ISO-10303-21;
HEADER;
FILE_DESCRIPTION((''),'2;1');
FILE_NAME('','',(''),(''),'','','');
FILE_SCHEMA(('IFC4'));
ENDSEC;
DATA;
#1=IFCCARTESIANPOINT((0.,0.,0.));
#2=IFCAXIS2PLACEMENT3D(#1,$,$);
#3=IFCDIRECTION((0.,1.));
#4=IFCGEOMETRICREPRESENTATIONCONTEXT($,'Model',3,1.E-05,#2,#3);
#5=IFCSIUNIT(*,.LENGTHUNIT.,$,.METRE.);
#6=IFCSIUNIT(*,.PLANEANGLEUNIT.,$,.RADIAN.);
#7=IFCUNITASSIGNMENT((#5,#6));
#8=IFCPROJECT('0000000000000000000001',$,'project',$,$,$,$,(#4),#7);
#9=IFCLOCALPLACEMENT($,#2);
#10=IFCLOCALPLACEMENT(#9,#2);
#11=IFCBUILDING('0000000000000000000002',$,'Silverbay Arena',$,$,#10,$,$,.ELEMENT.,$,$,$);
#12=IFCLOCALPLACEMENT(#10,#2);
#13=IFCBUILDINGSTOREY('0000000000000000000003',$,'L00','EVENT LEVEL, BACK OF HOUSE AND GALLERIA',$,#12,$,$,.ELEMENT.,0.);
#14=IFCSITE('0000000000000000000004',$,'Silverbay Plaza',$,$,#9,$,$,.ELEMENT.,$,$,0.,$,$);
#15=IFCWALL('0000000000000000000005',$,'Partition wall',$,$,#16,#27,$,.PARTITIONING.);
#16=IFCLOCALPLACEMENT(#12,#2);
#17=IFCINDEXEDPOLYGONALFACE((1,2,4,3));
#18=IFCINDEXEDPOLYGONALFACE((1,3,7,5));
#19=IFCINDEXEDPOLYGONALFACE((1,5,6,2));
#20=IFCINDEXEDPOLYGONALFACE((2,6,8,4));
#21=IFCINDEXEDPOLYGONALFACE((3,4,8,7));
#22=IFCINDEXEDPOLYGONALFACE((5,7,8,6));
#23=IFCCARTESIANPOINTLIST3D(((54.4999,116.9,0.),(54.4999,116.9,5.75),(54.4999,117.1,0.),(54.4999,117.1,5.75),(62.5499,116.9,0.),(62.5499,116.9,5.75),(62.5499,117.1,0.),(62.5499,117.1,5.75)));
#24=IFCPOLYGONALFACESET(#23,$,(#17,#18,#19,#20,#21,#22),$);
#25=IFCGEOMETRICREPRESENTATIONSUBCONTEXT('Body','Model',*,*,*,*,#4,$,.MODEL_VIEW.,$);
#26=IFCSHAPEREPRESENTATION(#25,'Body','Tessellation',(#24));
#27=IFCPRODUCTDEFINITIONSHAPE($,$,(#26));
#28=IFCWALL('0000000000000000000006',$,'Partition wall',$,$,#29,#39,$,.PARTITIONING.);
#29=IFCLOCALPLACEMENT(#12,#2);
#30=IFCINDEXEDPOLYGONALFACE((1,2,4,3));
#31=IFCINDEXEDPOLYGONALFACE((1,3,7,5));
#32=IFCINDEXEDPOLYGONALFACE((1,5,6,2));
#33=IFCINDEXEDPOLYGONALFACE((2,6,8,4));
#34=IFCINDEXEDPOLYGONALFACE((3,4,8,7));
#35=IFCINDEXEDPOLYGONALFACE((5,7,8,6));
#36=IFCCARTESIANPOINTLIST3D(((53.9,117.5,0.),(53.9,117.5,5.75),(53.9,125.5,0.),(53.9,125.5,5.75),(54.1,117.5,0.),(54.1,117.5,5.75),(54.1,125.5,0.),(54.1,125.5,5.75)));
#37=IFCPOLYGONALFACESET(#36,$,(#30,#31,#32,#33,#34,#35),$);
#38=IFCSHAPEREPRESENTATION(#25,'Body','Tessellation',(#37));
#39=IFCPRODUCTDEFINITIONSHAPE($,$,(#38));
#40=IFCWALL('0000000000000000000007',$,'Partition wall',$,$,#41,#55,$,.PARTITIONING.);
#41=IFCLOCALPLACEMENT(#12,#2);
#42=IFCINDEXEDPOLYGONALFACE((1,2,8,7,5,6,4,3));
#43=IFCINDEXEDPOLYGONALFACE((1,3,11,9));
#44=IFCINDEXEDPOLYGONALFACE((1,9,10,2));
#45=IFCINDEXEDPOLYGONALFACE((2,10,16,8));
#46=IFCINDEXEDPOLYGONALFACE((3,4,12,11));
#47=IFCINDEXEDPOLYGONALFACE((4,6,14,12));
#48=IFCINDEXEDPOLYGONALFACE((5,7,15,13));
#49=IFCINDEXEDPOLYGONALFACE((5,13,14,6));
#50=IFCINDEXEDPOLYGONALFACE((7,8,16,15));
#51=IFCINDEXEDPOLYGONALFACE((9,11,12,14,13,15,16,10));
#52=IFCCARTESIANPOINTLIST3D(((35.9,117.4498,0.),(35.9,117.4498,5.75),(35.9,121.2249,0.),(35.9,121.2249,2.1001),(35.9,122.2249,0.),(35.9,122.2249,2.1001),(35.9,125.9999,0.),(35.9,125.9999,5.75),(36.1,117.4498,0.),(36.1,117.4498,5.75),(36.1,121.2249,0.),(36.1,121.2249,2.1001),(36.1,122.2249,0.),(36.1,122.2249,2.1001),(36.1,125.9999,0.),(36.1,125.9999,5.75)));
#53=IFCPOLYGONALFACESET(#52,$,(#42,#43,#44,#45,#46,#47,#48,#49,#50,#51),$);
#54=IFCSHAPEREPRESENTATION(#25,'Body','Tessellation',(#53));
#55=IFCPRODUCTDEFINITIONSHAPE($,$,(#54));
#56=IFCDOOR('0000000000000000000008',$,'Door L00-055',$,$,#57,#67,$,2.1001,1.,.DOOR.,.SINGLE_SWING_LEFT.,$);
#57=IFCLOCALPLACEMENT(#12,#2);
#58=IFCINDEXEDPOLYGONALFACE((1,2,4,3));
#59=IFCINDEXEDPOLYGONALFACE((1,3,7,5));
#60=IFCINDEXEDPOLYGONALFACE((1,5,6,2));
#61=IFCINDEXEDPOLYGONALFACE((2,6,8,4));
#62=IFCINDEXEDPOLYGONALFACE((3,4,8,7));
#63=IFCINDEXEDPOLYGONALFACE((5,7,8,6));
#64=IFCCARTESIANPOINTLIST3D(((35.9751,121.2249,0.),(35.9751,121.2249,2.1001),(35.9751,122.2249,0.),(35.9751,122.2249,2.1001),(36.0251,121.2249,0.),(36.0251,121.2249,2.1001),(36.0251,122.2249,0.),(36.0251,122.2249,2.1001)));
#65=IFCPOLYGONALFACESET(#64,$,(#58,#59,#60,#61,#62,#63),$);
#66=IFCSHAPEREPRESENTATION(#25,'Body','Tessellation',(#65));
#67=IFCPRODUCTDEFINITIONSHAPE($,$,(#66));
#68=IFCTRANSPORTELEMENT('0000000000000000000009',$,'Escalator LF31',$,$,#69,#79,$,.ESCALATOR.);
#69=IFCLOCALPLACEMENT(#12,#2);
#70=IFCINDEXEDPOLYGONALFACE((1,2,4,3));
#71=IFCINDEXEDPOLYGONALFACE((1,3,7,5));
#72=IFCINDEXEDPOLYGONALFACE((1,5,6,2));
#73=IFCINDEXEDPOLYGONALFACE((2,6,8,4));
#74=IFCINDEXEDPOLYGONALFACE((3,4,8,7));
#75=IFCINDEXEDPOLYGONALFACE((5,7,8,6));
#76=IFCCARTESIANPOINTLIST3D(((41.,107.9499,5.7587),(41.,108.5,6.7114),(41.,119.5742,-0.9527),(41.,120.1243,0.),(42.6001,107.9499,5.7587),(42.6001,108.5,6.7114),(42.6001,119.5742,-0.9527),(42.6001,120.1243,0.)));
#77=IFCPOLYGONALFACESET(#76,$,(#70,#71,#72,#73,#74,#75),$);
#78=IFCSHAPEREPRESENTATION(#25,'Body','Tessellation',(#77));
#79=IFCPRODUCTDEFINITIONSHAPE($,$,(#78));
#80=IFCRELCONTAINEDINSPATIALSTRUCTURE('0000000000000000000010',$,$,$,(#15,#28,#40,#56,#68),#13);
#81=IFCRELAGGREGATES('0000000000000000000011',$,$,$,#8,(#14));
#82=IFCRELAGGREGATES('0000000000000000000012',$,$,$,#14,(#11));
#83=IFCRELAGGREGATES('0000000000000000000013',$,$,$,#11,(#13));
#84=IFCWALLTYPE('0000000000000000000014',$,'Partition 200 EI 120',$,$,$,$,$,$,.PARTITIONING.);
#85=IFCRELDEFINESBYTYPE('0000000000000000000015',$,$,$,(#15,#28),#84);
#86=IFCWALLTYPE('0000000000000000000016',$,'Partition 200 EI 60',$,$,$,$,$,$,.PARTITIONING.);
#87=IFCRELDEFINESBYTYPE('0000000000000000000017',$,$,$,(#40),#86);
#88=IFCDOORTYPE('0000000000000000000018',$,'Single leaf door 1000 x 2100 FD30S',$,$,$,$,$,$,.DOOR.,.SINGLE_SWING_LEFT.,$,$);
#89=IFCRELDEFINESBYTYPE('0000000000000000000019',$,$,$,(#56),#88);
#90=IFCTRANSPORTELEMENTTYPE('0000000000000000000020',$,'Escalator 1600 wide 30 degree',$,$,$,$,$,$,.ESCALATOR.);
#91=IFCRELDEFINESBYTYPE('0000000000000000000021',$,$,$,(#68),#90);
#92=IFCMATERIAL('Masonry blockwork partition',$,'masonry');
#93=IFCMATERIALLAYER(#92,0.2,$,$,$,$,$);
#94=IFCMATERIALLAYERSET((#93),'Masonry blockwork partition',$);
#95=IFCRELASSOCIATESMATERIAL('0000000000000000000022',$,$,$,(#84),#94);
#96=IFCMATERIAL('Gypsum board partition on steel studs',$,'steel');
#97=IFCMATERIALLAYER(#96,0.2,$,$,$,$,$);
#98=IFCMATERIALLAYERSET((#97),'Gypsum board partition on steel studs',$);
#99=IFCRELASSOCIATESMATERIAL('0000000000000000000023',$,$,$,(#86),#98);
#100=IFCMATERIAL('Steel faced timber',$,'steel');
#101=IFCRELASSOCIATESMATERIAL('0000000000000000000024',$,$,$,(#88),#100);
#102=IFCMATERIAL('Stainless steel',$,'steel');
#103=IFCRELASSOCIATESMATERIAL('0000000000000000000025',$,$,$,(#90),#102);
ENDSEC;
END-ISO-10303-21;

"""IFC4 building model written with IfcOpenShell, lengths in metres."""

from ifc_helpers import new_model, si_unit, direction, frame, frame_2d, origin, place, context, subcontext, project, spatial, polyline, rectangle, outline, extrude, material, layer, layer_set, type_object, element, fill, save


model = new_model("IFC4")

# Units and contexts
model_context = context("Model", 3, precision=1e-05, world=origin(), true_north=direction((0.0, 1.0)))
body_context = subcontext(model_context, "Body", "Model", "MODEL_VIEW")
ifc_project = project(units=[si_unit("LENGTHUNIT", "METRE"), si_unit("PLANEANGLEUNIT", "RADIAN")], contexts=[model_context])

# Site, building, storey
site_placement = place(None, origin())
site = spatial("IfcSite", under=ifc_project, at=site_placement, Name="Silverbay Plaza", CompositionType="ELEMENT", RefElevation=0.0)
building_placement = place(site_placement, origin())
building = spatial("IfcBuilding", under=site, at=building_placement, Name="Silverbay Arena", CompositionType="ELEMENT")
storey_placement = place(building_placement, origin())
storey = spatial("IfcBuildingStorey", under=building, at=storey_placement, Name="L00", Description="EVENT LEVEL, BACK OF HOUSE AND GALLERIA", CompositionType="ELEMENT", Elevation=0.0)

# Walls
ifc_material_1 = material(Name="Masonry blockwork partition", Category="masonry")
ifc_layer_1 = layer(ifc_material_1, 0.2)
ifc_layer_set_1 = layer_set([ifc_layer_1], Name="Masonry blockwork partition")
wall_type_1 = type_object("IfcWallType", Name="Partition 200 EI 120", PredefinedType="PARTITIONING", material=ifc_layer_set_1)
wall_1_placement = place(storey_placement, frame((54.5, 117.0, 0.0), z_axis=(0.0, 0.0, 1.0), x_axis=(1.0, 0.0, 0.0)))
element("IfcWall", 1, at=wall_1_placement, inside=storey, type_object=wall_type_1, Name="Partition wall", PredefinedType="PARTITIONING", context=body_context, shape_type="SweptSolid", body=[
    extrude(rectangle(XDim=8.05, YDim=0.2, at=frame_2d((4.0249, 0.0))), origin(), (0.0, 0.0, 1.0), 5.75),
])
wall_2_placement = place(storey_placement, frame((54.0, 117.5, 0.0), z_axis=(0.0, 0.0, 1.0), x_axis=(0.0, 1.0, 0.0)))
element("IfcWall", 2, at=wall_2_placement, inside=storey, type_object=wall_type_1, Name="Partition wall", PredefinedType="PARTITIONING", context=body_context, shape_type="SweptSolid", body=[
    extrude(rectangle(XDim=8.0, YDim=0.2, at=frame_2d((4.0, 0.0))), origin(), (0.0, 0.0, 1.0), 5.75),
])

# Wall, opening, door
ifc_material_2 = material(Name="Gypsum board partition on steel studs", Category="steel")
ifc_layer_2 = layer(ifc_material_2, 0.2)
ifc_layer_set_2 = layer_set([ifc_layer_2], Name="Gypsum board partition on steel studs")
wall_type_2 = type_object("IfcWallType", Name="Partition 200 EI 60", PredefinedType="PARTITIONING", material=ifc_layer_set_2)
wall_3_placement = place(storey_placement, frame((36.0, 117.45, 0.0), z_axis=(0.0, 0.0, 1.0), x_axis=(0.0, 1.0, 0.0)))
wall_3 = element("IfcWall", 3, at=wall_3_placement, inside=storey, type_object=wall_type_2, Name="Partition wall", PredefinedType="PARTITIONING", context=body_context, shape_type="SweptSolid", body=[
    extrude(rectangle(XDim=8.55, YDim=0.2, at=frame_2d((4.2749, 0.0))), origin(), (0.0, 0.0, 1.0), 5.75),
])
opening_1_placement = place(wall_3_placement, frame((3.7749, 0.0, 0.0)))
opening_1 = element("IfcOpeningElement", 4, at=opening_1_placement, cuts=wall_3, PredefinedType="OPENING", context=body_context, shape_type="SweptSolid", body=[
    extrude(rectangle(XDim=1.0, YDim=2.1001, at=frame_2d((0.5, 1.05))), frame((0.0, 0.1099, 0.0), z_axis=(0.0, -1.0, 0.0), x_axis=(1.0, 0.0, 0.0)), (0.0, 0.0, 1.0), 0.22),
])
ifc_material_3 = material(Name="Steel faced timber", Category="steel")
door_type_1 = type_object("IfcDoorType", Name="Single leaf door 1000 x 2100 FD30S", OperationType="SINGLE_SWING_LEFT", PredefinedType="DOOR", material=ifc_material_3)
door_1_placement = place(opening_1_placement, origin())
door_1 = element("IfcDoor", 5, at=door_1_placement, inside=storey, type_object=door_type_1, Name="Door L00-055", OperationType="SINGLE_SWING_LEFT", OverallHeight=2.1001, OverallWidth=1.0, PredefinedType="DOOR", context=body_context, shape_type="SweptSolid", body=[
    extrude(rectangle(XDim=1.0, YDim=2.1001, at=frame_2d((0.5, 1.05))), frame((0.0, 0.0249, 0.0), z_axis=(0.0, -1.0, 0.0), x_axis=(1.0, 0.0, 0.0)), (0.0, 0.0, 1.0), 0.05),
])
fill(opening_1, door_1)

# Transport element
ifc_material_4 = material(Name="Stainless steel", Category="steel")
transport_element_type = type_object("IfcTransportElementType", Name="Escalator 1600 wide 30 degree", PredefinedType="ESCALATOR", material=ifc_material_4)
transport_element_placement = place(storey_placement, frame((41.0, 120.1243, 0.0), z_axis=(0.0, 0.500008, 0.866021), x_axis=(1.0, 0.0, 0.0)))
element("IfcTransportElement", 6, at=transport_element_placement, inside=storey, type_object=transport_element_type, Name="Escalator LF31", PredefinedType="ESCALATOR", context=body_context, shape_type="SweptSolid", body=[
    extrude(outline(polyline([(0.0, 0.0), (1.6001, 0.0), (1.6001, -13.4226), (0.0, -13.4226), (0.0, 0.0)])), origin(), (0.0, 0.0, -1.0), 1.1001),
])

save(model, "model.ifc")
